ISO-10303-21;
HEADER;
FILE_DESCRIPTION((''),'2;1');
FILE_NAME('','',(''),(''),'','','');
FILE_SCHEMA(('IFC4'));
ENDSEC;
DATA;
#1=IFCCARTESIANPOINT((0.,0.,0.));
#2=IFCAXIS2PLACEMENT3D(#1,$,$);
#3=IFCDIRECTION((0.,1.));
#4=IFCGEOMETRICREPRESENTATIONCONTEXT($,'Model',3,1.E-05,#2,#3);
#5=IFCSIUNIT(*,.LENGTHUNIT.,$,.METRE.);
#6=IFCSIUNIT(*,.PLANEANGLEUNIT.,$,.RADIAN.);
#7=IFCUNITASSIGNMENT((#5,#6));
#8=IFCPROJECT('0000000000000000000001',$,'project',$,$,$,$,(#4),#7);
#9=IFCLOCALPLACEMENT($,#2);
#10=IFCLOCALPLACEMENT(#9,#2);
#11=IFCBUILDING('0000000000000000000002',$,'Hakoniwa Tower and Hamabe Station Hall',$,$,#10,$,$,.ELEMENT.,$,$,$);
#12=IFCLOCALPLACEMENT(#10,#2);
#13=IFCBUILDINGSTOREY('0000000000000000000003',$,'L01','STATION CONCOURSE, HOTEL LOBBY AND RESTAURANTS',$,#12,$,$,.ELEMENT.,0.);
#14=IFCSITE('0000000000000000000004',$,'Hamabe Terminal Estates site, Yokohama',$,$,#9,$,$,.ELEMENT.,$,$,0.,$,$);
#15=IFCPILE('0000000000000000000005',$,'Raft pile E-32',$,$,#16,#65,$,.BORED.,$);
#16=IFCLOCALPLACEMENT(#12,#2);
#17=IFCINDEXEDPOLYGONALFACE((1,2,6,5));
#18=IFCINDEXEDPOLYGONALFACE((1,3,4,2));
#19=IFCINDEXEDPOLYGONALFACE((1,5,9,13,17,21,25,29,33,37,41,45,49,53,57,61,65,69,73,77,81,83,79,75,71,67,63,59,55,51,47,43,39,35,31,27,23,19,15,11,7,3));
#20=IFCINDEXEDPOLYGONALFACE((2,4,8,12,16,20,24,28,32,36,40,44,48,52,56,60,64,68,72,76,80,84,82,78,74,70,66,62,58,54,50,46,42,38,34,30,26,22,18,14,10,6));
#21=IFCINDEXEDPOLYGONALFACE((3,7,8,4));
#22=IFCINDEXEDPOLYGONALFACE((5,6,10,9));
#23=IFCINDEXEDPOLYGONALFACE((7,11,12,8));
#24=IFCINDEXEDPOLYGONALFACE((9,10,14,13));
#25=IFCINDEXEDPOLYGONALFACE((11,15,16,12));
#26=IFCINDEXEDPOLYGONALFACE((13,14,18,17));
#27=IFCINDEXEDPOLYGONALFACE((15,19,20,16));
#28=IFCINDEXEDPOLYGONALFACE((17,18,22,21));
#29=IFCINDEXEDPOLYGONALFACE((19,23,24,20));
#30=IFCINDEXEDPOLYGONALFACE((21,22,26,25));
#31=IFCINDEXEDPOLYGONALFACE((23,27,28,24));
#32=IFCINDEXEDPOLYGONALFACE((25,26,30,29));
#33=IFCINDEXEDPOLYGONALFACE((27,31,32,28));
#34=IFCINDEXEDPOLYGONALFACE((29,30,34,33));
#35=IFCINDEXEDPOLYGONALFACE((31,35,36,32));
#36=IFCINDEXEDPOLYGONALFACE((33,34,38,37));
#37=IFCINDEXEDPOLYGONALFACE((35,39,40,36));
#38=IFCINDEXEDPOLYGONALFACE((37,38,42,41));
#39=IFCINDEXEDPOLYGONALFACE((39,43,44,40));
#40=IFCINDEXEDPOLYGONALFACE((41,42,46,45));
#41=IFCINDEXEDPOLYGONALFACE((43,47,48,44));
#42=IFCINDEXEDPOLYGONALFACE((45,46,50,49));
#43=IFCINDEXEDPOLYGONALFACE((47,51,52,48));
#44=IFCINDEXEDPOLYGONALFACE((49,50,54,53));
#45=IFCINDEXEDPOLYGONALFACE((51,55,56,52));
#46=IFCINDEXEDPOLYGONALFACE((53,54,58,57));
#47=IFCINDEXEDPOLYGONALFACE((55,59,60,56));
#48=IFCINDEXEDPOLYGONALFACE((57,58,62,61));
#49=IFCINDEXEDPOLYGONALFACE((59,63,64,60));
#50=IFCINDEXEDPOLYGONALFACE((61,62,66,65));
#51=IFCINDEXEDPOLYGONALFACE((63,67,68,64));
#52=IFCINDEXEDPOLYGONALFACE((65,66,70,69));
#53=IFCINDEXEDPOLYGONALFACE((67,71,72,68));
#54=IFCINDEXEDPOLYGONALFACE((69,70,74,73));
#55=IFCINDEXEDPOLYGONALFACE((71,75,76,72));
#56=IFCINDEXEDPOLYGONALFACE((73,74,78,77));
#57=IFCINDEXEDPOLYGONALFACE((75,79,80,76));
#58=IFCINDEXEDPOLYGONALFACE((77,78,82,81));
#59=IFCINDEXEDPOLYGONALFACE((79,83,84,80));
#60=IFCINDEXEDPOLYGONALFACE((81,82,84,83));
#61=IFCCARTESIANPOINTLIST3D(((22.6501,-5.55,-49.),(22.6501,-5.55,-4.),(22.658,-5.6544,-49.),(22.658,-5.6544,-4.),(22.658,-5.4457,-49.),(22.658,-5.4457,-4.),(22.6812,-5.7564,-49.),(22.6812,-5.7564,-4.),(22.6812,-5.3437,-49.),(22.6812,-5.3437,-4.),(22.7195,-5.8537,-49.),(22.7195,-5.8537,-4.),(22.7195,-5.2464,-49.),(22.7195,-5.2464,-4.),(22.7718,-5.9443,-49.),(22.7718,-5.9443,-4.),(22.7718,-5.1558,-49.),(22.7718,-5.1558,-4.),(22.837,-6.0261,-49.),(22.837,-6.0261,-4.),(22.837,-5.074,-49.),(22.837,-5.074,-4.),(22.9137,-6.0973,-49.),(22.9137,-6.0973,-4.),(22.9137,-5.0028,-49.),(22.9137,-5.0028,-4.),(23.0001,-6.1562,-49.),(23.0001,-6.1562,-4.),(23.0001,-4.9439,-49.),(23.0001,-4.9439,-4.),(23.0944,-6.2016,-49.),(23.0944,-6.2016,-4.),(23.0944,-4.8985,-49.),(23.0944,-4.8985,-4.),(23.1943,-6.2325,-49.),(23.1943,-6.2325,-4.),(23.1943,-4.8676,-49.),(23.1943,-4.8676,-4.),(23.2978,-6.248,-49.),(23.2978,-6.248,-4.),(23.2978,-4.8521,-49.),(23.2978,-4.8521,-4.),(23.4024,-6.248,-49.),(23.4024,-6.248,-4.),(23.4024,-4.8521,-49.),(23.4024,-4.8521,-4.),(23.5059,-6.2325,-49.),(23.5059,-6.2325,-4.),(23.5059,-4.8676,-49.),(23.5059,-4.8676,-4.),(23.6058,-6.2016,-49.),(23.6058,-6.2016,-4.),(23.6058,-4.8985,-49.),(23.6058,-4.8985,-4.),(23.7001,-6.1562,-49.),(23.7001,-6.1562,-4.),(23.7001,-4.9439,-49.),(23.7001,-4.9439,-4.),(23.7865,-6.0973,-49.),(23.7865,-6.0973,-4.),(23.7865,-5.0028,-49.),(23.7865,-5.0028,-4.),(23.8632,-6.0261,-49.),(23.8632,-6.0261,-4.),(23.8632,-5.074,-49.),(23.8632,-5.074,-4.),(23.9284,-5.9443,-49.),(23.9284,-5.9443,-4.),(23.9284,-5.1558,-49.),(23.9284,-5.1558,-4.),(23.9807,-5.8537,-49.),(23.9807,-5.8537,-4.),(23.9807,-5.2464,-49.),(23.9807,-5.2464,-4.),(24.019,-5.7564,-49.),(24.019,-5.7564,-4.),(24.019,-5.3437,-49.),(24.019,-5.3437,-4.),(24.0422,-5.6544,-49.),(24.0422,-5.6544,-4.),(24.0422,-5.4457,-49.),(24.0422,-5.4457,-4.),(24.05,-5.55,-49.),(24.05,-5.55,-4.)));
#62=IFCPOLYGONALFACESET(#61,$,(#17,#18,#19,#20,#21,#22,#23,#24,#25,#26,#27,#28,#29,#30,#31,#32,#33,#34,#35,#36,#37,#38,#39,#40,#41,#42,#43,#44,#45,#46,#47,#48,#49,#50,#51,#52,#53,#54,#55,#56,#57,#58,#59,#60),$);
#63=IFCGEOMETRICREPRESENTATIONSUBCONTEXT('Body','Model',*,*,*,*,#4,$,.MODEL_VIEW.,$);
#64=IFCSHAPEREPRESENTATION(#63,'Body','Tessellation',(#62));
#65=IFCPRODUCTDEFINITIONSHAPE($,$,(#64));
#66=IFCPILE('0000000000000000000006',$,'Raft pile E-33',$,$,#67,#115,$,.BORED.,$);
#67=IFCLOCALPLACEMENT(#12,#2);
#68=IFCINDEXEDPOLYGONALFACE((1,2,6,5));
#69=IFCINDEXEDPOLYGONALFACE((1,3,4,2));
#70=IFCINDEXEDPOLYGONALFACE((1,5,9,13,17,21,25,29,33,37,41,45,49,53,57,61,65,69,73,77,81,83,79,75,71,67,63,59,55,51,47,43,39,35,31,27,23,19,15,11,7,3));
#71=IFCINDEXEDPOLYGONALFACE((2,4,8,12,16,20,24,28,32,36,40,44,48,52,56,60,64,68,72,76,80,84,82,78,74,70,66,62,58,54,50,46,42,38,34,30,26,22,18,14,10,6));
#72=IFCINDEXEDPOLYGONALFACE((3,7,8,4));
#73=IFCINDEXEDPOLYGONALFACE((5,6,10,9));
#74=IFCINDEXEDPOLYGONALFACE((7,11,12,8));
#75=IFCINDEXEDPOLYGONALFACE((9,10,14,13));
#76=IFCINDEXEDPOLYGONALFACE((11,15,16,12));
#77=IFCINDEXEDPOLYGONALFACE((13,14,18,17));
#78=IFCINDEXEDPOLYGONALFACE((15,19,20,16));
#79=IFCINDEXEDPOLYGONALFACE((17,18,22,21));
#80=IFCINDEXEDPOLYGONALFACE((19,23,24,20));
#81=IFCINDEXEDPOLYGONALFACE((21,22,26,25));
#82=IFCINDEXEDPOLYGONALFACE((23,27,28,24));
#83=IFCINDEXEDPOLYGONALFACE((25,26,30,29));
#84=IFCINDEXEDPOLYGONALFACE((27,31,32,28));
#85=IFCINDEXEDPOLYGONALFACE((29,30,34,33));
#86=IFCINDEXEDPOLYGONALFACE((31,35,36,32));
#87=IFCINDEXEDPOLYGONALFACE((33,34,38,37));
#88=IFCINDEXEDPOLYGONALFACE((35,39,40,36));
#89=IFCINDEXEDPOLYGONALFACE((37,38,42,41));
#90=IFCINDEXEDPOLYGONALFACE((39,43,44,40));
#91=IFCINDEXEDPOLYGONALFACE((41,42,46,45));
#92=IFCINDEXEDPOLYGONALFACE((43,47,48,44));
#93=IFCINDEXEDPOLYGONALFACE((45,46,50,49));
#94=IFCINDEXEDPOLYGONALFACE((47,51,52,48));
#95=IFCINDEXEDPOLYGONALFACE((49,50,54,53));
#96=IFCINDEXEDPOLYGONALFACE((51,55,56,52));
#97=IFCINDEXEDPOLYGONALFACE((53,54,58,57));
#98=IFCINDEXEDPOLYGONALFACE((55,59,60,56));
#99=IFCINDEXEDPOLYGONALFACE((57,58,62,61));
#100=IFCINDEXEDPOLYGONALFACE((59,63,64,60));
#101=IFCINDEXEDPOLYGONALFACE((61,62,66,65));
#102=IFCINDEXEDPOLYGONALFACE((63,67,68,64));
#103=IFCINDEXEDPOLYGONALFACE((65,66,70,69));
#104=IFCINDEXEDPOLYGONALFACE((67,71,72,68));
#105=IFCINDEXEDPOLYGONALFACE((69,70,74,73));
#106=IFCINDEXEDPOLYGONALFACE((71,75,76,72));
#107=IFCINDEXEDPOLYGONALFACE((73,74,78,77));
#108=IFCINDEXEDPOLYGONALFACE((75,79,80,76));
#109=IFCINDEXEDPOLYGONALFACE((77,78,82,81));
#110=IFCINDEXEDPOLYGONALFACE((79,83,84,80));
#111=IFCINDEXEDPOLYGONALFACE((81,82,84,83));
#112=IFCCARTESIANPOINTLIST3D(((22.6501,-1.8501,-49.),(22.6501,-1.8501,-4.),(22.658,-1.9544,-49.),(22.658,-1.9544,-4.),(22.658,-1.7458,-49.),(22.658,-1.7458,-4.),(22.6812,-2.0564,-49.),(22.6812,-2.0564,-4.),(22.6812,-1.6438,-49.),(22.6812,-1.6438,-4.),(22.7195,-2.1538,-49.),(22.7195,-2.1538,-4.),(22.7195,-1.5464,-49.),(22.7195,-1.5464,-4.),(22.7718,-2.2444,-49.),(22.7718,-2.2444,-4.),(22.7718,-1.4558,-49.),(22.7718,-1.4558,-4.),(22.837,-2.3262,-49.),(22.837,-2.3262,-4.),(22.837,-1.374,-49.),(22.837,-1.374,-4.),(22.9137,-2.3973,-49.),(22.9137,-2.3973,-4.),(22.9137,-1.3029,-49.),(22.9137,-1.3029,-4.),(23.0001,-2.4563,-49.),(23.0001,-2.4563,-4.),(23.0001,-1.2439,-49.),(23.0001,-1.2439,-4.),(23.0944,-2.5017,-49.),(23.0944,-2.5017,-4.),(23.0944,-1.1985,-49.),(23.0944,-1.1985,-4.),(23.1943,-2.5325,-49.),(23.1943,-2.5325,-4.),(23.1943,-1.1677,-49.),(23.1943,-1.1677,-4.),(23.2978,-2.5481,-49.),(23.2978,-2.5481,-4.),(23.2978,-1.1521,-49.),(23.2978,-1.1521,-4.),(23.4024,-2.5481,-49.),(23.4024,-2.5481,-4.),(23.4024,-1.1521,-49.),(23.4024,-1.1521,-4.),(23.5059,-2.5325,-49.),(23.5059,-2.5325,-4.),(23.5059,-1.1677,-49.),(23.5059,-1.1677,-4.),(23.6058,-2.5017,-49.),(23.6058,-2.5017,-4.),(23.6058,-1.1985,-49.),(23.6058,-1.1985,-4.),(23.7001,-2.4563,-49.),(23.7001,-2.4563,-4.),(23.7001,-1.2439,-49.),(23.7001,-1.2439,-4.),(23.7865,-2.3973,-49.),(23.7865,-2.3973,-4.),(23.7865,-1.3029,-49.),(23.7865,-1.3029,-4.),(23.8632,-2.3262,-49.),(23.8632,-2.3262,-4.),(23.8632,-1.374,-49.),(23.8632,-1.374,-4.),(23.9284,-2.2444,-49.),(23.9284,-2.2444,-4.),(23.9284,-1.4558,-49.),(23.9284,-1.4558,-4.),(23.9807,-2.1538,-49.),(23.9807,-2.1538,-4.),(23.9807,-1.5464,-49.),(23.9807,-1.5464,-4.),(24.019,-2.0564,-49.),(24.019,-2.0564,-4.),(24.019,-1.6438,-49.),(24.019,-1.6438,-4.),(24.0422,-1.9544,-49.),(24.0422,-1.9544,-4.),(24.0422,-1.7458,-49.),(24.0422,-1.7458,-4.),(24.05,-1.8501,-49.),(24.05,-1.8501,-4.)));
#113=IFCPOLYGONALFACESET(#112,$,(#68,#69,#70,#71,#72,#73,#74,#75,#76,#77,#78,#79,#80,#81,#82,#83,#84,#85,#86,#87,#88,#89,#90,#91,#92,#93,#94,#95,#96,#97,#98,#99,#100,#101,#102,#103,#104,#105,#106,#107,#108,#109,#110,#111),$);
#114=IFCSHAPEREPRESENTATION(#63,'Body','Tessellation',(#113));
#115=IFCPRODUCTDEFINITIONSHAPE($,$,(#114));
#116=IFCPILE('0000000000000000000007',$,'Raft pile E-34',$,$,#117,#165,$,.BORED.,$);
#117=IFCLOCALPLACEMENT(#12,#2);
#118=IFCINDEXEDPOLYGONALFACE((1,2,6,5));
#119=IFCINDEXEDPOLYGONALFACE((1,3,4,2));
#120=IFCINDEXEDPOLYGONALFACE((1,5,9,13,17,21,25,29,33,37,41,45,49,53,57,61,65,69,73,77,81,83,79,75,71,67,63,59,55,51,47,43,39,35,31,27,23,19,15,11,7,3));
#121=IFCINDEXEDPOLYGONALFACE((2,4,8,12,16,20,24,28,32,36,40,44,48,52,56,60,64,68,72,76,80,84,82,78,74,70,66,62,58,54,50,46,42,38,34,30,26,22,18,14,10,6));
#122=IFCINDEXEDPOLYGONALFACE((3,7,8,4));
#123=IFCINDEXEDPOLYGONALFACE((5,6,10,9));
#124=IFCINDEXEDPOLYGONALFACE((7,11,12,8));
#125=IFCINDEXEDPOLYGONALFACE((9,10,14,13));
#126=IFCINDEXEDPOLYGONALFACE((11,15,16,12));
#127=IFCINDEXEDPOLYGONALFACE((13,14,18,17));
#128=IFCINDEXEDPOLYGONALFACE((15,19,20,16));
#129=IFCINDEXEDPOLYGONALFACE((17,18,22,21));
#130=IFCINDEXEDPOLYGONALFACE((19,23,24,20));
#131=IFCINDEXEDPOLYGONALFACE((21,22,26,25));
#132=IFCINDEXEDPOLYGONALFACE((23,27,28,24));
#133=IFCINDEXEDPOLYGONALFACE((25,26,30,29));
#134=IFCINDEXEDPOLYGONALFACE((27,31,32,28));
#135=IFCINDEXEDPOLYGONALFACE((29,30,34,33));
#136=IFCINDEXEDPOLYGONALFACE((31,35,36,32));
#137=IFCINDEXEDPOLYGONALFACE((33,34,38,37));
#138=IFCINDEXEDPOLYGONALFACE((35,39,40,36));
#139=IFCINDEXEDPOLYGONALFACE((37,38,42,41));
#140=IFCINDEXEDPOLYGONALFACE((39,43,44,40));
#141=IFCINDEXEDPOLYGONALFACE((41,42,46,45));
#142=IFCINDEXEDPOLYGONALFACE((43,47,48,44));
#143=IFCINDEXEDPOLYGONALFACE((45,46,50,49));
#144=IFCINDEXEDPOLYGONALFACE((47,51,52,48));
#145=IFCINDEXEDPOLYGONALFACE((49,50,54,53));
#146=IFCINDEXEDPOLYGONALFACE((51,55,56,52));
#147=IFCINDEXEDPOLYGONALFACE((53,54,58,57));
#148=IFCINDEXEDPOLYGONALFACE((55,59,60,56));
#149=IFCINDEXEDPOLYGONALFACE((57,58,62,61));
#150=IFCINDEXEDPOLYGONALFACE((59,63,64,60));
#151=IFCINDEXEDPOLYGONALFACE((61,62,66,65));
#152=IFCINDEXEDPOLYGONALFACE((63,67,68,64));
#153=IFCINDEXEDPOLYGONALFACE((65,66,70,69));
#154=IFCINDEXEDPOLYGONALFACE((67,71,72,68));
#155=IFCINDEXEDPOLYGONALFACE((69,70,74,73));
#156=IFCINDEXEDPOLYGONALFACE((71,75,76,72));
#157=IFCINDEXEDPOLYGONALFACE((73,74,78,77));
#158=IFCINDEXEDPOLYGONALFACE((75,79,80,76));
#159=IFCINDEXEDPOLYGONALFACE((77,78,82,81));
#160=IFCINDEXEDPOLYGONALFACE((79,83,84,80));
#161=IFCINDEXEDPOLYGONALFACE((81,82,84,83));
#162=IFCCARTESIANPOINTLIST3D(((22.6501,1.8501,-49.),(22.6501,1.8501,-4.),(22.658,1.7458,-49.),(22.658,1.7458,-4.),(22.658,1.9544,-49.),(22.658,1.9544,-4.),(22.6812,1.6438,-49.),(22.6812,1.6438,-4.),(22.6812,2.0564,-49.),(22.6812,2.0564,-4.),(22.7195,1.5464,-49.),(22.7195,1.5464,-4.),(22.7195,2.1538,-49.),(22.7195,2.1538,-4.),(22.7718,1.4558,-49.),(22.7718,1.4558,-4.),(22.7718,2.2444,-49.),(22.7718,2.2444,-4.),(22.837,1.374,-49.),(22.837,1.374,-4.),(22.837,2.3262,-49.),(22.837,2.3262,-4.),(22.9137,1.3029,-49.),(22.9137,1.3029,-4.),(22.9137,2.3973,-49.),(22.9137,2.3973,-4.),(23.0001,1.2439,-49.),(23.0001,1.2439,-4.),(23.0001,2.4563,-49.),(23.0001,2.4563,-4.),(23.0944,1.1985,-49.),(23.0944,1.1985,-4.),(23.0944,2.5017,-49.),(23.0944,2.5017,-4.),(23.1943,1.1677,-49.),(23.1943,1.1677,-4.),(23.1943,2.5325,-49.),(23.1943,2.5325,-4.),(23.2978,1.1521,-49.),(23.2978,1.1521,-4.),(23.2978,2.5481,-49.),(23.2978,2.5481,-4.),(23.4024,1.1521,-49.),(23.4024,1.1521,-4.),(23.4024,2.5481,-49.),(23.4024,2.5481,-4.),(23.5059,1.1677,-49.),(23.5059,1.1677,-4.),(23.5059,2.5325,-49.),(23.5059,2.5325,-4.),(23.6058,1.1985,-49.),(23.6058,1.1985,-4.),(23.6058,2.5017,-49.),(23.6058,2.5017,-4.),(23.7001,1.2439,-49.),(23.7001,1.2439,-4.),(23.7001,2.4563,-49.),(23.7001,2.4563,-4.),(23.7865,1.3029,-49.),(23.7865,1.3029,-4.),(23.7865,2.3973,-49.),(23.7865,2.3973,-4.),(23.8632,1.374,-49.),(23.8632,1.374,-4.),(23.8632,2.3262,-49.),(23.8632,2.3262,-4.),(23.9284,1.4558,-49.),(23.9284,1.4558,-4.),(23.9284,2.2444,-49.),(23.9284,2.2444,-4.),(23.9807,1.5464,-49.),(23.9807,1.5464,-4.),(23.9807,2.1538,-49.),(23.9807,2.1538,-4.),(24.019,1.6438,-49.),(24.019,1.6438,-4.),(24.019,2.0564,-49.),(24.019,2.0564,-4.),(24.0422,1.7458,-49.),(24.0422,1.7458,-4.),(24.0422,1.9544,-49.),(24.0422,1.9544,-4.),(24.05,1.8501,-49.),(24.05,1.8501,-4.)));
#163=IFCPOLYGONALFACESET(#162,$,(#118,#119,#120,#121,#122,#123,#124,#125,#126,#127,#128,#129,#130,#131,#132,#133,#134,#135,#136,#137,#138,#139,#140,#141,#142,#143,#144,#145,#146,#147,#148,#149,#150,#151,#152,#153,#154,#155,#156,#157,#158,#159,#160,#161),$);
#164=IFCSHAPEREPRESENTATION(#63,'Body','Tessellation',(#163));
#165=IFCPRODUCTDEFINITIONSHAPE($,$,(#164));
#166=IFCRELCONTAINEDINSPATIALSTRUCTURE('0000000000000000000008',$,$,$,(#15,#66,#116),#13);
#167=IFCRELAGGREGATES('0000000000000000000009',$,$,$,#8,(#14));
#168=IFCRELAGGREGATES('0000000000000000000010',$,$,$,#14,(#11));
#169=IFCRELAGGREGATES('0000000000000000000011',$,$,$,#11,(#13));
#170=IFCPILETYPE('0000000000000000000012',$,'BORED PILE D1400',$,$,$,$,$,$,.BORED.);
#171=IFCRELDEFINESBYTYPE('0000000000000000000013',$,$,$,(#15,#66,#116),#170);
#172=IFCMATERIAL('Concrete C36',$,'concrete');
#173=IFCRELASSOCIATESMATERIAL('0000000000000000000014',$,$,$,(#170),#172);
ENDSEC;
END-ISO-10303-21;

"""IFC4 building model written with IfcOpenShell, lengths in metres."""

from ifc_helpers import new_model, si_unit, direction, frame, origin, origin_2d, place, context, subcontext, project, spatial, circle, extrude, material, material_profile, profile_set, type_object, element, save


model = new_model("IFC4")

# Units and contexts
model_context = context("Model", 3, precision=1e-05, world=origin(), true_north=direction((0.0, 1.0)))
body_context = subcontext(model_context, "Body", "Model", "MODEL_VIEW")
ifc_project = project(units=[si_unit("LENGTHUNIT", "METRE"), si_unit("PLANEANGLEUNIT", "RADIAN")], contexts=[model_context])

# Site, building, storey
site_placement = place(None, origin())
site = spatial("IfcSite", under=ifc_project, at=site_placement, Name="Hamabe Terminal Estates site, Yokohama", CompositionType="ELEMENT", RefElevation=0.0)
building_placement = place(site_placement, origin())
building = spatial("IfcBuilding", under=site, at=building_placement, Name="Hakoniwa Tower and Hamabe Station Hall", CompositionType="ELEMENT")
storey_placement = place(building_placement, origin())
storey = spatial("IfcBuildingStorey", under=building, at=storey_placement, Name="L01", Description="STATION CONCOURSE, HOTEL LOBBY AND RESTAURANTS", CompositionType="ELEMENT", Elevation=0.0)

# Piles
ifc_material_1 = material(Name="Concrete C36", Category="concrete")
ifc_material_profile = material_profile(ifc_material_1, circle(Radius=0.7, at=origin_2d()), Name="BORED PILE D1400")
ifc_profile_set = profile_set([ifc_material_profile], Name="Concrete C36")
pile_type = type_object("IfcPileType", Name="BORED PILE D1400", PredefinedType="BORED", material=ifc_profile_set)
for number, where, z_axis, x_axis, name in (
    (1, (23.3501, -5.55, -4.0), (0.0, 0.0, -1.0), (1.0, 0.0, 0.0), "Raft pile E-32"),
    (2, (23.3501, -1.8501, -4.0), (0.0, 0.0, -1.0), (1.0, 0.0, 0.0), "Raft pile E-33"),
    (3, (23.3501, 1.8501, -4.0), (0.0, 0.0, -1.0), (1.0, 0.0, 0.0), "Raft pile E-34"),
):
    element("IfcPile", number, at=place(storey_placement, frame(where, z_axis=z_axis, x_axis=x_axis)), inside=storey, type_object=pile_type, Name=name, PredefinedType="BORED", context=body_context, shape_type="SweptSolid", body=[
        extrude(circle(Radius=0.7, at=origin_2d()), origin(), (0.0, 0.0, 1.0), 45.0),
    ])

save(model, "model.ifc")
